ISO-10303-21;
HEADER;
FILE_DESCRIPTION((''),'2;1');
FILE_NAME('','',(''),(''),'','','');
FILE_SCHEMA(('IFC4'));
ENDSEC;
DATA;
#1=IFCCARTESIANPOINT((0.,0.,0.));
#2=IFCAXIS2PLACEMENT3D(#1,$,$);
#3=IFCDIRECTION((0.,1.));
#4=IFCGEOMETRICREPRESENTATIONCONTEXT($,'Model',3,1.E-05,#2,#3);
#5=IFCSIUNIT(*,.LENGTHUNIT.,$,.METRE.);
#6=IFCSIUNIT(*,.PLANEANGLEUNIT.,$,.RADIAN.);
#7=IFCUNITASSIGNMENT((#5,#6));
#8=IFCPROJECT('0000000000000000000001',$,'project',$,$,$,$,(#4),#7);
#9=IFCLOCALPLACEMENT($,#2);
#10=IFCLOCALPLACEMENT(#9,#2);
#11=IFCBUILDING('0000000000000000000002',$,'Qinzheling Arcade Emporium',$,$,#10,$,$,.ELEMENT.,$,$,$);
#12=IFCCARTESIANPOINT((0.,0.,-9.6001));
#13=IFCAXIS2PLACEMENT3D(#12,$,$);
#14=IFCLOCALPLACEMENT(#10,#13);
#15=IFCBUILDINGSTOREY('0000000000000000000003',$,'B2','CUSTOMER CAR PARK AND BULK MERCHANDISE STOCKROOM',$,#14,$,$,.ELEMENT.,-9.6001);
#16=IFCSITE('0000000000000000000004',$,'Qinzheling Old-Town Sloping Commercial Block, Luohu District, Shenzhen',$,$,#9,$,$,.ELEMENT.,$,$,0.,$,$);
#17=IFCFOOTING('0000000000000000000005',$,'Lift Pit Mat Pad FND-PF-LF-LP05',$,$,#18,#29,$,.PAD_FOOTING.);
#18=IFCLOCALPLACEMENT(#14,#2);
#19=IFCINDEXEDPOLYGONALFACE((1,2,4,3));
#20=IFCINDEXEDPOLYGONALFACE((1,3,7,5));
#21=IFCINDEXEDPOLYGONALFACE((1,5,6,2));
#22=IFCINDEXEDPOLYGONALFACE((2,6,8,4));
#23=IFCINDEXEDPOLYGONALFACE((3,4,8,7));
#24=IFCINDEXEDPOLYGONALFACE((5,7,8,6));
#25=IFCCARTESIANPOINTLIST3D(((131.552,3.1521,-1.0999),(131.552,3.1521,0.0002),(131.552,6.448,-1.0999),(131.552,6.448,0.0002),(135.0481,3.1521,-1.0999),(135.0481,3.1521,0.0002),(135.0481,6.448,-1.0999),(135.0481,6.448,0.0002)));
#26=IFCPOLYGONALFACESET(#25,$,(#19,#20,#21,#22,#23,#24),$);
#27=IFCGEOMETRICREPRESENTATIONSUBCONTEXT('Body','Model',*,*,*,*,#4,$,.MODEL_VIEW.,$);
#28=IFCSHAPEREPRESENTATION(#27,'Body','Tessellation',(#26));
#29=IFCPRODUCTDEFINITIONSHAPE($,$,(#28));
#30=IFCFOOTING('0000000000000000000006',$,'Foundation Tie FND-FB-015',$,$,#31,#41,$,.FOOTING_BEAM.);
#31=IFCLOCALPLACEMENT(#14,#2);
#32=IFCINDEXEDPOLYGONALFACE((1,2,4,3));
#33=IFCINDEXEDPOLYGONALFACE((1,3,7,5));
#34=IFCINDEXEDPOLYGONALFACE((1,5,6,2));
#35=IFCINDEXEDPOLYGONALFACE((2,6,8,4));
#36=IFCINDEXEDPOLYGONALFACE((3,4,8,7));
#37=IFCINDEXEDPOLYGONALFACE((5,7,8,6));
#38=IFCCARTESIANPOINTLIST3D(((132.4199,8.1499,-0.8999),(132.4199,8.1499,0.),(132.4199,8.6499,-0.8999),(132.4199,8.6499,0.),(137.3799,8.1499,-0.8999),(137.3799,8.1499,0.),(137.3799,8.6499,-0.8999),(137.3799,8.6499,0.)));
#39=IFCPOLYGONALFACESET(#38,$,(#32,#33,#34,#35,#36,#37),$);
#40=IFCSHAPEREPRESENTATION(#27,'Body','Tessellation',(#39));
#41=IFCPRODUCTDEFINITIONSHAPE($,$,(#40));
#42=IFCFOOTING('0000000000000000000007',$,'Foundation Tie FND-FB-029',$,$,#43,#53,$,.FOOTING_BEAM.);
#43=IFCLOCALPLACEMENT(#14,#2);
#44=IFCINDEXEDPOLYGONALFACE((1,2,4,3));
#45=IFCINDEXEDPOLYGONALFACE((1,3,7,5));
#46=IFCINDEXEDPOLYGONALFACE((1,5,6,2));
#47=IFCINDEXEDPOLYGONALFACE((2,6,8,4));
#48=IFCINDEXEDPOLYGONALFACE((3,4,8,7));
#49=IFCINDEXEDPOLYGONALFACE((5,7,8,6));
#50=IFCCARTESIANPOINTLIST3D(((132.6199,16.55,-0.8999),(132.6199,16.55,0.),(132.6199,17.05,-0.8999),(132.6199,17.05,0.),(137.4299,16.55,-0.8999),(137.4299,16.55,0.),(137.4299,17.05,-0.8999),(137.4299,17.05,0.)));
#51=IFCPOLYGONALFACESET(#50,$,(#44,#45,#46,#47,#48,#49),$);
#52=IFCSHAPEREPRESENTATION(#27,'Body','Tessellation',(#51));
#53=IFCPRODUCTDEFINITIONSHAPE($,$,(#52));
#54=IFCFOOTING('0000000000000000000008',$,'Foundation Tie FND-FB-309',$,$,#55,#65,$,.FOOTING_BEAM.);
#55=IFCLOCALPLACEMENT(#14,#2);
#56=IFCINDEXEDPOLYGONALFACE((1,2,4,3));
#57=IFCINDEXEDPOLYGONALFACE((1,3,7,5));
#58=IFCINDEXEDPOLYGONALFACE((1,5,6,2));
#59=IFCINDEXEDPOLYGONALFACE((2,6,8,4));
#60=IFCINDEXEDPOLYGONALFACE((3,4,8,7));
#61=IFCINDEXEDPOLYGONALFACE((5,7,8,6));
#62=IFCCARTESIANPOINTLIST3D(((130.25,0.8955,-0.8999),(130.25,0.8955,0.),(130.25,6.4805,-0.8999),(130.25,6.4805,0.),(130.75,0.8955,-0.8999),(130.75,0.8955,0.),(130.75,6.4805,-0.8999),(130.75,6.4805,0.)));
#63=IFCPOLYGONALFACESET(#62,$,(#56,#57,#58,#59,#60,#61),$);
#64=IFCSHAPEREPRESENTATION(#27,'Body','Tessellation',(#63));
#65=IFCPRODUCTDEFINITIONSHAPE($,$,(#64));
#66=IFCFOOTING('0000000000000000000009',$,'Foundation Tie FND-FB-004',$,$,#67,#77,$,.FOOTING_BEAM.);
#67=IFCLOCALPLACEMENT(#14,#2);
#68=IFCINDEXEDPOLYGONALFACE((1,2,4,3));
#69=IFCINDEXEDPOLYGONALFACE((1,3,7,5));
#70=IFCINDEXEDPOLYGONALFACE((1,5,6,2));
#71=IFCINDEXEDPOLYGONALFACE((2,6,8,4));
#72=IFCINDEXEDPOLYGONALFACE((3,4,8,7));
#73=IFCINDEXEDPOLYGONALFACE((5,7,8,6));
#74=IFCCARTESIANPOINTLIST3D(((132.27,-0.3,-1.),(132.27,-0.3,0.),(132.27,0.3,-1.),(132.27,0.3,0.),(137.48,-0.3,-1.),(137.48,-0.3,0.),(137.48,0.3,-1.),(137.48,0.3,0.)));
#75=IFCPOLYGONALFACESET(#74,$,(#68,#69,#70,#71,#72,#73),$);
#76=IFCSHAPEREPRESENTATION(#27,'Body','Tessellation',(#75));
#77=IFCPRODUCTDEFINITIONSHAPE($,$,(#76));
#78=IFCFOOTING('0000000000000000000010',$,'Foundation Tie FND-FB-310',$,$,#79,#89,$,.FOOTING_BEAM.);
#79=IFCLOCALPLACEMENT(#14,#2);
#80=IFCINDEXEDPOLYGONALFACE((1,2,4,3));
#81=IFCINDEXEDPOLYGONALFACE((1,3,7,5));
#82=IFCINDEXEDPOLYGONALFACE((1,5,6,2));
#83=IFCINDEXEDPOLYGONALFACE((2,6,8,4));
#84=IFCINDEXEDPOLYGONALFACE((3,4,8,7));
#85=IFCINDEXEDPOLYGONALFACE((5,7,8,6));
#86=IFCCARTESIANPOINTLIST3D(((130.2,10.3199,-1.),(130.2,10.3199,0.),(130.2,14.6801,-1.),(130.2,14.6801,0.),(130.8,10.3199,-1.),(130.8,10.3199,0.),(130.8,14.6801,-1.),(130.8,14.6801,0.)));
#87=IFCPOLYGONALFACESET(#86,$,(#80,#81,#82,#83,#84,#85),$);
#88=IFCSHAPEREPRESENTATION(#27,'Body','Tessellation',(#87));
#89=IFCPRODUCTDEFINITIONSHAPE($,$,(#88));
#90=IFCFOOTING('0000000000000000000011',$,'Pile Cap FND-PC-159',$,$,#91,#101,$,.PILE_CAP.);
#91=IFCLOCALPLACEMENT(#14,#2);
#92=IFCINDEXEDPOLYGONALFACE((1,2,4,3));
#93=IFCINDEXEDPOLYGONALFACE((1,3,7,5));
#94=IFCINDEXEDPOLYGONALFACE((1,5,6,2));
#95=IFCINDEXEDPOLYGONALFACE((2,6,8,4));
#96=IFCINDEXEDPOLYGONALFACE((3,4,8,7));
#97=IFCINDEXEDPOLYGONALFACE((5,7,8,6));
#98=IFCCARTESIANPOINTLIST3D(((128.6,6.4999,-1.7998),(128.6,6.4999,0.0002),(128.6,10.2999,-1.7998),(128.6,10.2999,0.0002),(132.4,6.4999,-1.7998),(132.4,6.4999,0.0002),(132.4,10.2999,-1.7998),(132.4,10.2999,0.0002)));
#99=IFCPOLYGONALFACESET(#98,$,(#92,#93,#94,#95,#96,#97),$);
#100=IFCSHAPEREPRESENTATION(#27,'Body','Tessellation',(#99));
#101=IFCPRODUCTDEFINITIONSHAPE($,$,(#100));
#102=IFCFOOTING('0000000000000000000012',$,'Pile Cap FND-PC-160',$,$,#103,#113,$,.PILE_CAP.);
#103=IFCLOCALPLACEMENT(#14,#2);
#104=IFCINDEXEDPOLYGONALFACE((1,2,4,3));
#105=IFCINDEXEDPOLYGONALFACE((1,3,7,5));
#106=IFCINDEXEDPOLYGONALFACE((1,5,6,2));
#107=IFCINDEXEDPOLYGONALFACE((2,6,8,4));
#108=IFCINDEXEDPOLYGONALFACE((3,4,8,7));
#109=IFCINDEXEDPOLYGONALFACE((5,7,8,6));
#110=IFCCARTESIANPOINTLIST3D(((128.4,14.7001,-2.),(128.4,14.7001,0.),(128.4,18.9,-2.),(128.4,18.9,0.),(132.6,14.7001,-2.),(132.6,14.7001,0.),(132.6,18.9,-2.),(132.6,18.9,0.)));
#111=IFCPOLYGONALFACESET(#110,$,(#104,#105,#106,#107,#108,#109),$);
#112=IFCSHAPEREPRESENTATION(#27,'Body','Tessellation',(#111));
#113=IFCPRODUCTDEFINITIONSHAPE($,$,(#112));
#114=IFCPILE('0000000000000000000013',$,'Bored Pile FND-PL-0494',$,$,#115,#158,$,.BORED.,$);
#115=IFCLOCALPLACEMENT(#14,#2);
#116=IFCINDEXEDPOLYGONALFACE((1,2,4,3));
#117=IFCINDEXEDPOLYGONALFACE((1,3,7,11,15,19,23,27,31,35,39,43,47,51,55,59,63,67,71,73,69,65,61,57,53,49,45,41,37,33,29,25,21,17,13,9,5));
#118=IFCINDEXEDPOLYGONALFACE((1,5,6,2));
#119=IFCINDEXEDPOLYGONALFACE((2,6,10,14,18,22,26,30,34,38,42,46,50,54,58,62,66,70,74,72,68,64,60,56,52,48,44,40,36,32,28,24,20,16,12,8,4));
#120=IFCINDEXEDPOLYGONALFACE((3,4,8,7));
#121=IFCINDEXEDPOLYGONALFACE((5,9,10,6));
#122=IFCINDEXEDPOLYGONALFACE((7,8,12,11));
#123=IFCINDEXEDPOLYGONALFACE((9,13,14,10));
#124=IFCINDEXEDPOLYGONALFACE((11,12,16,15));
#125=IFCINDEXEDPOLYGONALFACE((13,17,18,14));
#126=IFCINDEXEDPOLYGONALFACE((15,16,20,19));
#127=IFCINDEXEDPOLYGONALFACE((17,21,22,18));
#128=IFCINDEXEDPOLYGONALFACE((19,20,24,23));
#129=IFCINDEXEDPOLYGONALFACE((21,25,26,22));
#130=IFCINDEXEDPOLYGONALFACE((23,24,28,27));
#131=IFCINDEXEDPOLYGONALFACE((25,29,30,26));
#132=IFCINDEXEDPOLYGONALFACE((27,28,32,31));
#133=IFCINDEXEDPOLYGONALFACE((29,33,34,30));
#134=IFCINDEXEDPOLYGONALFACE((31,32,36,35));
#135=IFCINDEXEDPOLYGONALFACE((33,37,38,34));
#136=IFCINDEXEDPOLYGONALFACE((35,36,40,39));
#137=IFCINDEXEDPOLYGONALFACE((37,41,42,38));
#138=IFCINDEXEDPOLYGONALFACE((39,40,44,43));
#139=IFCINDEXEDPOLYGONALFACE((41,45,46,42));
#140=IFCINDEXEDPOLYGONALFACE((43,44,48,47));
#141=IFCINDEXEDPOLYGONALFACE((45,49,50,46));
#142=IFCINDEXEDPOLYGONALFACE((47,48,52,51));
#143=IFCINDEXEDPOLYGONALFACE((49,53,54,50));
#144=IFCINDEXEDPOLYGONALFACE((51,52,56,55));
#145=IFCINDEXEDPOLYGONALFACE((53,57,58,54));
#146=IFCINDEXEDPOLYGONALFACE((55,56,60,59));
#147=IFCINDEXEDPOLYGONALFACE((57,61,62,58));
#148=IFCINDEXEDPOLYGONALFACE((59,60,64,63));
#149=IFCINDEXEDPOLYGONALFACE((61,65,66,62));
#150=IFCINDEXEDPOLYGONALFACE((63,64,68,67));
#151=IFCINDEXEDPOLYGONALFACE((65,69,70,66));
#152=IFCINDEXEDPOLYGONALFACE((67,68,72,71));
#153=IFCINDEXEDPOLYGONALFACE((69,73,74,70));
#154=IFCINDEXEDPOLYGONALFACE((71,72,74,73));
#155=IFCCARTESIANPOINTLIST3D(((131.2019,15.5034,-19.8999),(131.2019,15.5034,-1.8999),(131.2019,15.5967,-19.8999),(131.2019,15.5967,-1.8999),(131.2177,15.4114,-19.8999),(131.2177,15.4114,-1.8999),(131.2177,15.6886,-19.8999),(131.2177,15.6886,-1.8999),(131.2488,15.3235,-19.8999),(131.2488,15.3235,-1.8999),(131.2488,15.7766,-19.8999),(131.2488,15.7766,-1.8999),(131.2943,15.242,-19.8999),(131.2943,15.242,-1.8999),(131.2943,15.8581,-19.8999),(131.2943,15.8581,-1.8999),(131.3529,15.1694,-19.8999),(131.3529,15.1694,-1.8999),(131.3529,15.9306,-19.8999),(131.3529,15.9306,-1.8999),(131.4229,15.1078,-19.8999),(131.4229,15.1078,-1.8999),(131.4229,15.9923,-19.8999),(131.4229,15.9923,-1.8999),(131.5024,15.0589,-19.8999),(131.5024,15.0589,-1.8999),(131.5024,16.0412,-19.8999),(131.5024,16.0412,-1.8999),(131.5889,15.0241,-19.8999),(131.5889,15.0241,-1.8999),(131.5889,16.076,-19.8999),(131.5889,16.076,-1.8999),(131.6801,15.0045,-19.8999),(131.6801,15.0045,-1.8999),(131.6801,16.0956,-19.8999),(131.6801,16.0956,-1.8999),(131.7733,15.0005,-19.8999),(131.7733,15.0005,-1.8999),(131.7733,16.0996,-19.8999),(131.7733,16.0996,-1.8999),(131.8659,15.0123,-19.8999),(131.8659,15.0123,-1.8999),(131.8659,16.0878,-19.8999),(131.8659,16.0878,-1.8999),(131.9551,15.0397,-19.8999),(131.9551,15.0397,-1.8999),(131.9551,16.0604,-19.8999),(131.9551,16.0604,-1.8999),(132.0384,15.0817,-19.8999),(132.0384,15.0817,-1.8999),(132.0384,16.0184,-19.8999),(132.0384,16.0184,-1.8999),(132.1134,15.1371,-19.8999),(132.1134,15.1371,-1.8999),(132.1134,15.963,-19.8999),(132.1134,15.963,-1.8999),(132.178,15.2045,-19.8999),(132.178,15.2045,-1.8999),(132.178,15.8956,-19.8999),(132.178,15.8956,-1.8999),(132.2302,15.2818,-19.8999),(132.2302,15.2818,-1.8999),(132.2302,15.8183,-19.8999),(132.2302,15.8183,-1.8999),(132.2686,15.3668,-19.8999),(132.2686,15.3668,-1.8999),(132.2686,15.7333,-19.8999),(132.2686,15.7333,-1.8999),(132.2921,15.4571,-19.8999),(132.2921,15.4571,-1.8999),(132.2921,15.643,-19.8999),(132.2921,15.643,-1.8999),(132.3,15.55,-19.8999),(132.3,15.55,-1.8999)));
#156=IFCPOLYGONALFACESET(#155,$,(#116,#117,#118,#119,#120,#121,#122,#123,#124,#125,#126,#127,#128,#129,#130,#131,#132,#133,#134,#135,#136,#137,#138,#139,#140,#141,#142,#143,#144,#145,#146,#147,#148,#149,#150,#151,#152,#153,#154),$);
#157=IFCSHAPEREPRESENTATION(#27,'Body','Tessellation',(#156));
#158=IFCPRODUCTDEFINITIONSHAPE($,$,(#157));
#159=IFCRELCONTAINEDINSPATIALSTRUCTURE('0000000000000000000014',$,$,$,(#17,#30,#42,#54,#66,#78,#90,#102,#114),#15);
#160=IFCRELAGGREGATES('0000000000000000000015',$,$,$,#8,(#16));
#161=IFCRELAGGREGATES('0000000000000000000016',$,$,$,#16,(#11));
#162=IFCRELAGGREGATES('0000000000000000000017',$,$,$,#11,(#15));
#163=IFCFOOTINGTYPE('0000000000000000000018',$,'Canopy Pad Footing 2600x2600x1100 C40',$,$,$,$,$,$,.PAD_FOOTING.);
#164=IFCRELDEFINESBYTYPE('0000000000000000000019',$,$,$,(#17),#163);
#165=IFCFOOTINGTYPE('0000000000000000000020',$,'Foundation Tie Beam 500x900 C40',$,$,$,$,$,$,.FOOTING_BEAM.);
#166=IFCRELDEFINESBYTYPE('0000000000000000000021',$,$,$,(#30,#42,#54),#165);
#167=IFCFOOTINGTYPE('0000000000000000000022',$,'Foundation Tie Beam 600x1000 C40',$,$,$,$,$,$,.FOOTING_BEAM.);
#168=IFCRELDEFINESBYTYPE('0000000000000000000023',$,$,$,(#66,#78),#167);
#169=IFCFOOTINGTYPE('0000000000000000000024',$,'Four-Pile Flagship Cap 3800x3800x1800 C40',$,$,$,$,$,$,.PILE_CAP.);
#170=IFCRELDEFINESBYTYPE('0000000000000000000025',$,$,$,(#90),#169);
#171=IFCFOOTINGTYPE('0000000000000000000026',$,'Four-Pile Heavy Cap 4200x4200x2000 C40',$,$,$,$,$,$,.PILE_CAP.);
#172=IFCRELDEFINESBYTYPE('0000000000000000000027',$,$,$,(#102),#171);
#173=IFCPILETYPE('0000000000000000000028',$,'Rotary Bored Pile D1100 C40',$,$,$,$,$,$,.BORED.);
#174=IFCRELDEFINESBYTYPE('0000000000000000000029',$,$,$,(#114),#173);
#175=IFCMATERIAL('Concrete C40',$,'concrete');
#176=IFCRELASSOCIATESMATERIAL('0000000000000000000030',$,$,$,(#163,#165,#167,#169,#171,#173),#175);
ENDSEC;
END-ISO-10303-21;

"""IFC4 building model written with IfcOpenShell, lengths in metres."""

from ifc_helpers import new_model, si_unit, direction, frame, origin, origin_2d, place, context, subcontext, project, spatial, rectangle, circle, extrude, material, material_profile, profile_set, type_object, element, save


model = new_model("IFC4")

# Units and contexts
model_context = context("Model", 3, precision=1e-05, world=origin(), true_north=direction((0.0, 1.0)))
body_context = subcontext(model_context, "Body", "Model", "MODEL_VIEW")
ifc_project = project(units=[si_unit("LENGTHUNIT", "METRE"), si_unit("PLANEANGLEUNIT", "RADIAN")], contexts=[model_context])

# Site, building, storey
site_placement = place(None, origin())
site = spatial("IfcSite", under=ifc_project, at=site_placement, Name="Qinzheling Old-Town Sloping Commercial Block, Luohu District, Shenzhen", CompositionType="ELEMENT", RefElevation=0.0)
building_placement = place(site_placement, origin())
building = spatial("IfcBuilding", under=site, at=building_placement, Name="Qinzheling Arcade Emporium", CompositionType="ELEMENT")
storey_placement = place(building_placement, frame((0.0, 0.0, -9.6001)))
storey = spatial("IfcBuildingStorey", under=building, at=storey_placement, Name="B2", Description="CUSTOMER CAR PARK AND BULK MERCHANDISE STOCKROOM", CompositionType="ELEMENT", Elevation=-9.6001)

# Footings
ifc_material_1 = material(Name="Concrete C40", Category="concrete")
footing_type_1 = type_object("IfcFootingType", Name="Canopy Pad Footing 2600x2600x1100 C40", PredefinedType="PAD_FOOTING", material=ifc_material_1)
footing_1_placement = place(storey_placement, frame((133.3, 4.8, -1.0999), z_axis=(0.0, 0.0, 1.0), x_axis=(1.0, 0.0, 0.0)))
element("IfcFooting", 1, at=footing_1_placement, inside=storey, type_object=footing_type_1, Name="Lift Pit Mat Pad FND-PF-LF-LP05", PredefinedType="PAD_FOOTING", context=body_context, shape_type="SweptSolid", body=[
    extrude(rectangle(XDim=3.4961, YDim=3.2959, at=origin_2d()), origin(), (0.0, 0.0, 1.0), 1.1001),
])
footing_type_2 = type_object("IfcFootingType", Name="Foundation Tie Beam 500x900 C40", PredefinedType="FOOTING_BEAM", material=ifc_material_1)
footing_2_placement = place(storey_placement, frame((134.8999, 8.3999, -0.8999), z_axis=(0.0, 0.0, 1.0), x_axis=(1.0, 0.0, 0.0)))
element("IfcFooting", 2, at=footing_2_placement, inside=storey, type_object=footing_type_2, Name="Foundation Tie FND-FB-015", PredefinedType="FOOTING_BEAM", context=body_context, shape_type="SweptSolid", body=[
    extrude(rectangle(XDim=4.96, YDim=0.5, at=origin_2d()), origin(), (0.0, 0.0, 1.0), 0.8999),
])
footing_3_placement = place(storey_placement, frame((135.0249, 16.8, -0.8999), z_axis=(0.0, 0.0, 1.0), x_axis=(1.0, 0.0, 0.0)))
element("IfcFooting", 3, at=footing_3_placement, inside=storey, type_object=footing_type_2, Name="Foundation Tie FND-FB-029", PredefinedType="FOOTING_BEAM", context=body_context, shape_type="SweptSolid", body=[
    extrude(rectangle(XDim=4.8101, YDim=0.5, at=origin_2d()), origin(), (0.0, 0.0, 1.0), 0.8999),
])
footing_4_placement = place(storey_placement, frame((130.5, 3.688, -0.8999), z_axis=(0.0, 0.0, 1.0), x_axis=(1.0, 0.0, 0.0)))
element("IfcFooting", 4, at=footing_4_placement, inside=storey, type_object=footing_type_2, Name="Foundation Tie FND-FB-309", PredefinedType="FOOTING_BEAM", context=body_context, shape_type="SweptSolid", body=[
    extrude(rectangle(XDim=0.5, YDim=5.585, at=origin_2d()), origin(), (0.0, 0.0, 1.0), 0.8999),
])
footing_type_3 = type_object("IfcFootingType", Name="Foundation Tie Beam 600x1000 C40", PredefinedType="FOOTING_BEAM", material=ifc_material_1)
footing_5_placement = place(storey_placement, frame((134.875, 0.0, -1.0), z_axis=(0.0, 0.0, 1.0), x_axis=(1.0, 0.0, 0.0)))
element("IfcFooting", 5, at=footing_5_placement, inside=storey, type_object=footing_type_3, Name="Foundation Tie FND-FB-004", PredefinedType="FOOTING_BEAM", context=body_context, shape_type="SweptSolid", body=[
    extrude(rectangle(XDim=5.21, YDim=0.6001, at=origin_2d()), origin(), (0.0, 0.0, 1.0), 1.0),
])
footing_6_placement = place(storey_placement, frame((130.5, 12.5, -1.0), z_axis=(0.0, 0.0, 1.0), x_axis=(1.0, 0.0, 0.0)))
element("IfcFooting", 6, at=footing_6_placement, inside=storey, type_object=footing_type_3, Name="Foundation Tie FND-FB-310", PredefinedType="FOOTING_BEAM", context=body_context, shape_type="SweptSolid", body=[
    extrude(rectangle(XDim=0.6001, YDim=4.3601, at=origin_2d()), origin(), (0.0, 0.0, 1.0), 1.0),
])
footing_type_4 = type_object("IfcFootingType", Name="Four-Pile Flagship Cap 3800x3800x1800 C40", PredefinedType="PILE_CAP", material=ifc_material_1)
footing_7_placement = place(storey_placement, frame((130.5, 8.3999, -1.7998), z_axis=(0.0, 0.0, 1.0), x_axis=(1.0, 0.0, 0.0)))
element("IfcFooting", 7, at=footing_7_placement, inside=storey, type_object=footing_type_4, Name="Pile Cap FND-PC-159", PredefinedType="PILE_CAP", context=body_context, shape_type="SweptSolid", body=[
    extrude(rectangle(XDim=3.8, YDim=3.8, at=origin_2d()), origin(), (0.0, 0.0, 1.0), 1.8),
])
footing_type_5 = type_object("IfcFootingType", Name="Four-Pile Heavy Cap 4200x4200x2000 C40", PredefinedType="PILE_CAP", material=ifc_material_1)
footing_8_placement = place(storey_placement, frame((130.5, 16.8, -2.0), z_axis=(0.0, 0.0, 1.0), x_axis=(1.0, 0.0, 0.0)))
element("IfcFooting", 8, at=footing_8_placement, inside=storey, type_object=footing_type_5, Name="Pile Cap FND-PC-160", PredefinedType="PILE_CAP", context=body_context, shape_type="SweptSolid", body=[
    extrude(rectangle(XDim=4.2, YDim=4.2, at=origin_2d()), origin(), (0.0, 0.0, 1.0), 2.0),
])

# Pile
ifc_material_profile_1 = material_profile(ifc_material_1, circle(Radius=0.55, at=origin_2d()), Name="BORED D1100", Category="concrete")
ifc_profile_set_1 = profile_set([ifc_material_profile_1], Name="Concrete C40")
pile_type_1 = type_object("IfcPileType", Name="Rotary Bored Pile D1100 C40", PredefinedType="BORED", material=ifc_profile_set_1)
pile_1_placement = place(storey_placement, frame((131.75, 15.55, -1.8999), z_axis=(0.0, 0.0, -1.0), x_axis=(1.0, 0.0, 0.0)))
element("IfcPile", 9, at=pile_1_placement, inside=storey, type_object=pile_type_1, Name="Bored Pile FND-PL-0494", PredefinedType="BORED", context=body_context, shape_type="SweptSolid", body=[
    extrude(circle(Radius=0.55, at=origin_2d()), origin(), (0.0, 0.0, 1.0), 18.0),
])

save(model, "model.ifc")
